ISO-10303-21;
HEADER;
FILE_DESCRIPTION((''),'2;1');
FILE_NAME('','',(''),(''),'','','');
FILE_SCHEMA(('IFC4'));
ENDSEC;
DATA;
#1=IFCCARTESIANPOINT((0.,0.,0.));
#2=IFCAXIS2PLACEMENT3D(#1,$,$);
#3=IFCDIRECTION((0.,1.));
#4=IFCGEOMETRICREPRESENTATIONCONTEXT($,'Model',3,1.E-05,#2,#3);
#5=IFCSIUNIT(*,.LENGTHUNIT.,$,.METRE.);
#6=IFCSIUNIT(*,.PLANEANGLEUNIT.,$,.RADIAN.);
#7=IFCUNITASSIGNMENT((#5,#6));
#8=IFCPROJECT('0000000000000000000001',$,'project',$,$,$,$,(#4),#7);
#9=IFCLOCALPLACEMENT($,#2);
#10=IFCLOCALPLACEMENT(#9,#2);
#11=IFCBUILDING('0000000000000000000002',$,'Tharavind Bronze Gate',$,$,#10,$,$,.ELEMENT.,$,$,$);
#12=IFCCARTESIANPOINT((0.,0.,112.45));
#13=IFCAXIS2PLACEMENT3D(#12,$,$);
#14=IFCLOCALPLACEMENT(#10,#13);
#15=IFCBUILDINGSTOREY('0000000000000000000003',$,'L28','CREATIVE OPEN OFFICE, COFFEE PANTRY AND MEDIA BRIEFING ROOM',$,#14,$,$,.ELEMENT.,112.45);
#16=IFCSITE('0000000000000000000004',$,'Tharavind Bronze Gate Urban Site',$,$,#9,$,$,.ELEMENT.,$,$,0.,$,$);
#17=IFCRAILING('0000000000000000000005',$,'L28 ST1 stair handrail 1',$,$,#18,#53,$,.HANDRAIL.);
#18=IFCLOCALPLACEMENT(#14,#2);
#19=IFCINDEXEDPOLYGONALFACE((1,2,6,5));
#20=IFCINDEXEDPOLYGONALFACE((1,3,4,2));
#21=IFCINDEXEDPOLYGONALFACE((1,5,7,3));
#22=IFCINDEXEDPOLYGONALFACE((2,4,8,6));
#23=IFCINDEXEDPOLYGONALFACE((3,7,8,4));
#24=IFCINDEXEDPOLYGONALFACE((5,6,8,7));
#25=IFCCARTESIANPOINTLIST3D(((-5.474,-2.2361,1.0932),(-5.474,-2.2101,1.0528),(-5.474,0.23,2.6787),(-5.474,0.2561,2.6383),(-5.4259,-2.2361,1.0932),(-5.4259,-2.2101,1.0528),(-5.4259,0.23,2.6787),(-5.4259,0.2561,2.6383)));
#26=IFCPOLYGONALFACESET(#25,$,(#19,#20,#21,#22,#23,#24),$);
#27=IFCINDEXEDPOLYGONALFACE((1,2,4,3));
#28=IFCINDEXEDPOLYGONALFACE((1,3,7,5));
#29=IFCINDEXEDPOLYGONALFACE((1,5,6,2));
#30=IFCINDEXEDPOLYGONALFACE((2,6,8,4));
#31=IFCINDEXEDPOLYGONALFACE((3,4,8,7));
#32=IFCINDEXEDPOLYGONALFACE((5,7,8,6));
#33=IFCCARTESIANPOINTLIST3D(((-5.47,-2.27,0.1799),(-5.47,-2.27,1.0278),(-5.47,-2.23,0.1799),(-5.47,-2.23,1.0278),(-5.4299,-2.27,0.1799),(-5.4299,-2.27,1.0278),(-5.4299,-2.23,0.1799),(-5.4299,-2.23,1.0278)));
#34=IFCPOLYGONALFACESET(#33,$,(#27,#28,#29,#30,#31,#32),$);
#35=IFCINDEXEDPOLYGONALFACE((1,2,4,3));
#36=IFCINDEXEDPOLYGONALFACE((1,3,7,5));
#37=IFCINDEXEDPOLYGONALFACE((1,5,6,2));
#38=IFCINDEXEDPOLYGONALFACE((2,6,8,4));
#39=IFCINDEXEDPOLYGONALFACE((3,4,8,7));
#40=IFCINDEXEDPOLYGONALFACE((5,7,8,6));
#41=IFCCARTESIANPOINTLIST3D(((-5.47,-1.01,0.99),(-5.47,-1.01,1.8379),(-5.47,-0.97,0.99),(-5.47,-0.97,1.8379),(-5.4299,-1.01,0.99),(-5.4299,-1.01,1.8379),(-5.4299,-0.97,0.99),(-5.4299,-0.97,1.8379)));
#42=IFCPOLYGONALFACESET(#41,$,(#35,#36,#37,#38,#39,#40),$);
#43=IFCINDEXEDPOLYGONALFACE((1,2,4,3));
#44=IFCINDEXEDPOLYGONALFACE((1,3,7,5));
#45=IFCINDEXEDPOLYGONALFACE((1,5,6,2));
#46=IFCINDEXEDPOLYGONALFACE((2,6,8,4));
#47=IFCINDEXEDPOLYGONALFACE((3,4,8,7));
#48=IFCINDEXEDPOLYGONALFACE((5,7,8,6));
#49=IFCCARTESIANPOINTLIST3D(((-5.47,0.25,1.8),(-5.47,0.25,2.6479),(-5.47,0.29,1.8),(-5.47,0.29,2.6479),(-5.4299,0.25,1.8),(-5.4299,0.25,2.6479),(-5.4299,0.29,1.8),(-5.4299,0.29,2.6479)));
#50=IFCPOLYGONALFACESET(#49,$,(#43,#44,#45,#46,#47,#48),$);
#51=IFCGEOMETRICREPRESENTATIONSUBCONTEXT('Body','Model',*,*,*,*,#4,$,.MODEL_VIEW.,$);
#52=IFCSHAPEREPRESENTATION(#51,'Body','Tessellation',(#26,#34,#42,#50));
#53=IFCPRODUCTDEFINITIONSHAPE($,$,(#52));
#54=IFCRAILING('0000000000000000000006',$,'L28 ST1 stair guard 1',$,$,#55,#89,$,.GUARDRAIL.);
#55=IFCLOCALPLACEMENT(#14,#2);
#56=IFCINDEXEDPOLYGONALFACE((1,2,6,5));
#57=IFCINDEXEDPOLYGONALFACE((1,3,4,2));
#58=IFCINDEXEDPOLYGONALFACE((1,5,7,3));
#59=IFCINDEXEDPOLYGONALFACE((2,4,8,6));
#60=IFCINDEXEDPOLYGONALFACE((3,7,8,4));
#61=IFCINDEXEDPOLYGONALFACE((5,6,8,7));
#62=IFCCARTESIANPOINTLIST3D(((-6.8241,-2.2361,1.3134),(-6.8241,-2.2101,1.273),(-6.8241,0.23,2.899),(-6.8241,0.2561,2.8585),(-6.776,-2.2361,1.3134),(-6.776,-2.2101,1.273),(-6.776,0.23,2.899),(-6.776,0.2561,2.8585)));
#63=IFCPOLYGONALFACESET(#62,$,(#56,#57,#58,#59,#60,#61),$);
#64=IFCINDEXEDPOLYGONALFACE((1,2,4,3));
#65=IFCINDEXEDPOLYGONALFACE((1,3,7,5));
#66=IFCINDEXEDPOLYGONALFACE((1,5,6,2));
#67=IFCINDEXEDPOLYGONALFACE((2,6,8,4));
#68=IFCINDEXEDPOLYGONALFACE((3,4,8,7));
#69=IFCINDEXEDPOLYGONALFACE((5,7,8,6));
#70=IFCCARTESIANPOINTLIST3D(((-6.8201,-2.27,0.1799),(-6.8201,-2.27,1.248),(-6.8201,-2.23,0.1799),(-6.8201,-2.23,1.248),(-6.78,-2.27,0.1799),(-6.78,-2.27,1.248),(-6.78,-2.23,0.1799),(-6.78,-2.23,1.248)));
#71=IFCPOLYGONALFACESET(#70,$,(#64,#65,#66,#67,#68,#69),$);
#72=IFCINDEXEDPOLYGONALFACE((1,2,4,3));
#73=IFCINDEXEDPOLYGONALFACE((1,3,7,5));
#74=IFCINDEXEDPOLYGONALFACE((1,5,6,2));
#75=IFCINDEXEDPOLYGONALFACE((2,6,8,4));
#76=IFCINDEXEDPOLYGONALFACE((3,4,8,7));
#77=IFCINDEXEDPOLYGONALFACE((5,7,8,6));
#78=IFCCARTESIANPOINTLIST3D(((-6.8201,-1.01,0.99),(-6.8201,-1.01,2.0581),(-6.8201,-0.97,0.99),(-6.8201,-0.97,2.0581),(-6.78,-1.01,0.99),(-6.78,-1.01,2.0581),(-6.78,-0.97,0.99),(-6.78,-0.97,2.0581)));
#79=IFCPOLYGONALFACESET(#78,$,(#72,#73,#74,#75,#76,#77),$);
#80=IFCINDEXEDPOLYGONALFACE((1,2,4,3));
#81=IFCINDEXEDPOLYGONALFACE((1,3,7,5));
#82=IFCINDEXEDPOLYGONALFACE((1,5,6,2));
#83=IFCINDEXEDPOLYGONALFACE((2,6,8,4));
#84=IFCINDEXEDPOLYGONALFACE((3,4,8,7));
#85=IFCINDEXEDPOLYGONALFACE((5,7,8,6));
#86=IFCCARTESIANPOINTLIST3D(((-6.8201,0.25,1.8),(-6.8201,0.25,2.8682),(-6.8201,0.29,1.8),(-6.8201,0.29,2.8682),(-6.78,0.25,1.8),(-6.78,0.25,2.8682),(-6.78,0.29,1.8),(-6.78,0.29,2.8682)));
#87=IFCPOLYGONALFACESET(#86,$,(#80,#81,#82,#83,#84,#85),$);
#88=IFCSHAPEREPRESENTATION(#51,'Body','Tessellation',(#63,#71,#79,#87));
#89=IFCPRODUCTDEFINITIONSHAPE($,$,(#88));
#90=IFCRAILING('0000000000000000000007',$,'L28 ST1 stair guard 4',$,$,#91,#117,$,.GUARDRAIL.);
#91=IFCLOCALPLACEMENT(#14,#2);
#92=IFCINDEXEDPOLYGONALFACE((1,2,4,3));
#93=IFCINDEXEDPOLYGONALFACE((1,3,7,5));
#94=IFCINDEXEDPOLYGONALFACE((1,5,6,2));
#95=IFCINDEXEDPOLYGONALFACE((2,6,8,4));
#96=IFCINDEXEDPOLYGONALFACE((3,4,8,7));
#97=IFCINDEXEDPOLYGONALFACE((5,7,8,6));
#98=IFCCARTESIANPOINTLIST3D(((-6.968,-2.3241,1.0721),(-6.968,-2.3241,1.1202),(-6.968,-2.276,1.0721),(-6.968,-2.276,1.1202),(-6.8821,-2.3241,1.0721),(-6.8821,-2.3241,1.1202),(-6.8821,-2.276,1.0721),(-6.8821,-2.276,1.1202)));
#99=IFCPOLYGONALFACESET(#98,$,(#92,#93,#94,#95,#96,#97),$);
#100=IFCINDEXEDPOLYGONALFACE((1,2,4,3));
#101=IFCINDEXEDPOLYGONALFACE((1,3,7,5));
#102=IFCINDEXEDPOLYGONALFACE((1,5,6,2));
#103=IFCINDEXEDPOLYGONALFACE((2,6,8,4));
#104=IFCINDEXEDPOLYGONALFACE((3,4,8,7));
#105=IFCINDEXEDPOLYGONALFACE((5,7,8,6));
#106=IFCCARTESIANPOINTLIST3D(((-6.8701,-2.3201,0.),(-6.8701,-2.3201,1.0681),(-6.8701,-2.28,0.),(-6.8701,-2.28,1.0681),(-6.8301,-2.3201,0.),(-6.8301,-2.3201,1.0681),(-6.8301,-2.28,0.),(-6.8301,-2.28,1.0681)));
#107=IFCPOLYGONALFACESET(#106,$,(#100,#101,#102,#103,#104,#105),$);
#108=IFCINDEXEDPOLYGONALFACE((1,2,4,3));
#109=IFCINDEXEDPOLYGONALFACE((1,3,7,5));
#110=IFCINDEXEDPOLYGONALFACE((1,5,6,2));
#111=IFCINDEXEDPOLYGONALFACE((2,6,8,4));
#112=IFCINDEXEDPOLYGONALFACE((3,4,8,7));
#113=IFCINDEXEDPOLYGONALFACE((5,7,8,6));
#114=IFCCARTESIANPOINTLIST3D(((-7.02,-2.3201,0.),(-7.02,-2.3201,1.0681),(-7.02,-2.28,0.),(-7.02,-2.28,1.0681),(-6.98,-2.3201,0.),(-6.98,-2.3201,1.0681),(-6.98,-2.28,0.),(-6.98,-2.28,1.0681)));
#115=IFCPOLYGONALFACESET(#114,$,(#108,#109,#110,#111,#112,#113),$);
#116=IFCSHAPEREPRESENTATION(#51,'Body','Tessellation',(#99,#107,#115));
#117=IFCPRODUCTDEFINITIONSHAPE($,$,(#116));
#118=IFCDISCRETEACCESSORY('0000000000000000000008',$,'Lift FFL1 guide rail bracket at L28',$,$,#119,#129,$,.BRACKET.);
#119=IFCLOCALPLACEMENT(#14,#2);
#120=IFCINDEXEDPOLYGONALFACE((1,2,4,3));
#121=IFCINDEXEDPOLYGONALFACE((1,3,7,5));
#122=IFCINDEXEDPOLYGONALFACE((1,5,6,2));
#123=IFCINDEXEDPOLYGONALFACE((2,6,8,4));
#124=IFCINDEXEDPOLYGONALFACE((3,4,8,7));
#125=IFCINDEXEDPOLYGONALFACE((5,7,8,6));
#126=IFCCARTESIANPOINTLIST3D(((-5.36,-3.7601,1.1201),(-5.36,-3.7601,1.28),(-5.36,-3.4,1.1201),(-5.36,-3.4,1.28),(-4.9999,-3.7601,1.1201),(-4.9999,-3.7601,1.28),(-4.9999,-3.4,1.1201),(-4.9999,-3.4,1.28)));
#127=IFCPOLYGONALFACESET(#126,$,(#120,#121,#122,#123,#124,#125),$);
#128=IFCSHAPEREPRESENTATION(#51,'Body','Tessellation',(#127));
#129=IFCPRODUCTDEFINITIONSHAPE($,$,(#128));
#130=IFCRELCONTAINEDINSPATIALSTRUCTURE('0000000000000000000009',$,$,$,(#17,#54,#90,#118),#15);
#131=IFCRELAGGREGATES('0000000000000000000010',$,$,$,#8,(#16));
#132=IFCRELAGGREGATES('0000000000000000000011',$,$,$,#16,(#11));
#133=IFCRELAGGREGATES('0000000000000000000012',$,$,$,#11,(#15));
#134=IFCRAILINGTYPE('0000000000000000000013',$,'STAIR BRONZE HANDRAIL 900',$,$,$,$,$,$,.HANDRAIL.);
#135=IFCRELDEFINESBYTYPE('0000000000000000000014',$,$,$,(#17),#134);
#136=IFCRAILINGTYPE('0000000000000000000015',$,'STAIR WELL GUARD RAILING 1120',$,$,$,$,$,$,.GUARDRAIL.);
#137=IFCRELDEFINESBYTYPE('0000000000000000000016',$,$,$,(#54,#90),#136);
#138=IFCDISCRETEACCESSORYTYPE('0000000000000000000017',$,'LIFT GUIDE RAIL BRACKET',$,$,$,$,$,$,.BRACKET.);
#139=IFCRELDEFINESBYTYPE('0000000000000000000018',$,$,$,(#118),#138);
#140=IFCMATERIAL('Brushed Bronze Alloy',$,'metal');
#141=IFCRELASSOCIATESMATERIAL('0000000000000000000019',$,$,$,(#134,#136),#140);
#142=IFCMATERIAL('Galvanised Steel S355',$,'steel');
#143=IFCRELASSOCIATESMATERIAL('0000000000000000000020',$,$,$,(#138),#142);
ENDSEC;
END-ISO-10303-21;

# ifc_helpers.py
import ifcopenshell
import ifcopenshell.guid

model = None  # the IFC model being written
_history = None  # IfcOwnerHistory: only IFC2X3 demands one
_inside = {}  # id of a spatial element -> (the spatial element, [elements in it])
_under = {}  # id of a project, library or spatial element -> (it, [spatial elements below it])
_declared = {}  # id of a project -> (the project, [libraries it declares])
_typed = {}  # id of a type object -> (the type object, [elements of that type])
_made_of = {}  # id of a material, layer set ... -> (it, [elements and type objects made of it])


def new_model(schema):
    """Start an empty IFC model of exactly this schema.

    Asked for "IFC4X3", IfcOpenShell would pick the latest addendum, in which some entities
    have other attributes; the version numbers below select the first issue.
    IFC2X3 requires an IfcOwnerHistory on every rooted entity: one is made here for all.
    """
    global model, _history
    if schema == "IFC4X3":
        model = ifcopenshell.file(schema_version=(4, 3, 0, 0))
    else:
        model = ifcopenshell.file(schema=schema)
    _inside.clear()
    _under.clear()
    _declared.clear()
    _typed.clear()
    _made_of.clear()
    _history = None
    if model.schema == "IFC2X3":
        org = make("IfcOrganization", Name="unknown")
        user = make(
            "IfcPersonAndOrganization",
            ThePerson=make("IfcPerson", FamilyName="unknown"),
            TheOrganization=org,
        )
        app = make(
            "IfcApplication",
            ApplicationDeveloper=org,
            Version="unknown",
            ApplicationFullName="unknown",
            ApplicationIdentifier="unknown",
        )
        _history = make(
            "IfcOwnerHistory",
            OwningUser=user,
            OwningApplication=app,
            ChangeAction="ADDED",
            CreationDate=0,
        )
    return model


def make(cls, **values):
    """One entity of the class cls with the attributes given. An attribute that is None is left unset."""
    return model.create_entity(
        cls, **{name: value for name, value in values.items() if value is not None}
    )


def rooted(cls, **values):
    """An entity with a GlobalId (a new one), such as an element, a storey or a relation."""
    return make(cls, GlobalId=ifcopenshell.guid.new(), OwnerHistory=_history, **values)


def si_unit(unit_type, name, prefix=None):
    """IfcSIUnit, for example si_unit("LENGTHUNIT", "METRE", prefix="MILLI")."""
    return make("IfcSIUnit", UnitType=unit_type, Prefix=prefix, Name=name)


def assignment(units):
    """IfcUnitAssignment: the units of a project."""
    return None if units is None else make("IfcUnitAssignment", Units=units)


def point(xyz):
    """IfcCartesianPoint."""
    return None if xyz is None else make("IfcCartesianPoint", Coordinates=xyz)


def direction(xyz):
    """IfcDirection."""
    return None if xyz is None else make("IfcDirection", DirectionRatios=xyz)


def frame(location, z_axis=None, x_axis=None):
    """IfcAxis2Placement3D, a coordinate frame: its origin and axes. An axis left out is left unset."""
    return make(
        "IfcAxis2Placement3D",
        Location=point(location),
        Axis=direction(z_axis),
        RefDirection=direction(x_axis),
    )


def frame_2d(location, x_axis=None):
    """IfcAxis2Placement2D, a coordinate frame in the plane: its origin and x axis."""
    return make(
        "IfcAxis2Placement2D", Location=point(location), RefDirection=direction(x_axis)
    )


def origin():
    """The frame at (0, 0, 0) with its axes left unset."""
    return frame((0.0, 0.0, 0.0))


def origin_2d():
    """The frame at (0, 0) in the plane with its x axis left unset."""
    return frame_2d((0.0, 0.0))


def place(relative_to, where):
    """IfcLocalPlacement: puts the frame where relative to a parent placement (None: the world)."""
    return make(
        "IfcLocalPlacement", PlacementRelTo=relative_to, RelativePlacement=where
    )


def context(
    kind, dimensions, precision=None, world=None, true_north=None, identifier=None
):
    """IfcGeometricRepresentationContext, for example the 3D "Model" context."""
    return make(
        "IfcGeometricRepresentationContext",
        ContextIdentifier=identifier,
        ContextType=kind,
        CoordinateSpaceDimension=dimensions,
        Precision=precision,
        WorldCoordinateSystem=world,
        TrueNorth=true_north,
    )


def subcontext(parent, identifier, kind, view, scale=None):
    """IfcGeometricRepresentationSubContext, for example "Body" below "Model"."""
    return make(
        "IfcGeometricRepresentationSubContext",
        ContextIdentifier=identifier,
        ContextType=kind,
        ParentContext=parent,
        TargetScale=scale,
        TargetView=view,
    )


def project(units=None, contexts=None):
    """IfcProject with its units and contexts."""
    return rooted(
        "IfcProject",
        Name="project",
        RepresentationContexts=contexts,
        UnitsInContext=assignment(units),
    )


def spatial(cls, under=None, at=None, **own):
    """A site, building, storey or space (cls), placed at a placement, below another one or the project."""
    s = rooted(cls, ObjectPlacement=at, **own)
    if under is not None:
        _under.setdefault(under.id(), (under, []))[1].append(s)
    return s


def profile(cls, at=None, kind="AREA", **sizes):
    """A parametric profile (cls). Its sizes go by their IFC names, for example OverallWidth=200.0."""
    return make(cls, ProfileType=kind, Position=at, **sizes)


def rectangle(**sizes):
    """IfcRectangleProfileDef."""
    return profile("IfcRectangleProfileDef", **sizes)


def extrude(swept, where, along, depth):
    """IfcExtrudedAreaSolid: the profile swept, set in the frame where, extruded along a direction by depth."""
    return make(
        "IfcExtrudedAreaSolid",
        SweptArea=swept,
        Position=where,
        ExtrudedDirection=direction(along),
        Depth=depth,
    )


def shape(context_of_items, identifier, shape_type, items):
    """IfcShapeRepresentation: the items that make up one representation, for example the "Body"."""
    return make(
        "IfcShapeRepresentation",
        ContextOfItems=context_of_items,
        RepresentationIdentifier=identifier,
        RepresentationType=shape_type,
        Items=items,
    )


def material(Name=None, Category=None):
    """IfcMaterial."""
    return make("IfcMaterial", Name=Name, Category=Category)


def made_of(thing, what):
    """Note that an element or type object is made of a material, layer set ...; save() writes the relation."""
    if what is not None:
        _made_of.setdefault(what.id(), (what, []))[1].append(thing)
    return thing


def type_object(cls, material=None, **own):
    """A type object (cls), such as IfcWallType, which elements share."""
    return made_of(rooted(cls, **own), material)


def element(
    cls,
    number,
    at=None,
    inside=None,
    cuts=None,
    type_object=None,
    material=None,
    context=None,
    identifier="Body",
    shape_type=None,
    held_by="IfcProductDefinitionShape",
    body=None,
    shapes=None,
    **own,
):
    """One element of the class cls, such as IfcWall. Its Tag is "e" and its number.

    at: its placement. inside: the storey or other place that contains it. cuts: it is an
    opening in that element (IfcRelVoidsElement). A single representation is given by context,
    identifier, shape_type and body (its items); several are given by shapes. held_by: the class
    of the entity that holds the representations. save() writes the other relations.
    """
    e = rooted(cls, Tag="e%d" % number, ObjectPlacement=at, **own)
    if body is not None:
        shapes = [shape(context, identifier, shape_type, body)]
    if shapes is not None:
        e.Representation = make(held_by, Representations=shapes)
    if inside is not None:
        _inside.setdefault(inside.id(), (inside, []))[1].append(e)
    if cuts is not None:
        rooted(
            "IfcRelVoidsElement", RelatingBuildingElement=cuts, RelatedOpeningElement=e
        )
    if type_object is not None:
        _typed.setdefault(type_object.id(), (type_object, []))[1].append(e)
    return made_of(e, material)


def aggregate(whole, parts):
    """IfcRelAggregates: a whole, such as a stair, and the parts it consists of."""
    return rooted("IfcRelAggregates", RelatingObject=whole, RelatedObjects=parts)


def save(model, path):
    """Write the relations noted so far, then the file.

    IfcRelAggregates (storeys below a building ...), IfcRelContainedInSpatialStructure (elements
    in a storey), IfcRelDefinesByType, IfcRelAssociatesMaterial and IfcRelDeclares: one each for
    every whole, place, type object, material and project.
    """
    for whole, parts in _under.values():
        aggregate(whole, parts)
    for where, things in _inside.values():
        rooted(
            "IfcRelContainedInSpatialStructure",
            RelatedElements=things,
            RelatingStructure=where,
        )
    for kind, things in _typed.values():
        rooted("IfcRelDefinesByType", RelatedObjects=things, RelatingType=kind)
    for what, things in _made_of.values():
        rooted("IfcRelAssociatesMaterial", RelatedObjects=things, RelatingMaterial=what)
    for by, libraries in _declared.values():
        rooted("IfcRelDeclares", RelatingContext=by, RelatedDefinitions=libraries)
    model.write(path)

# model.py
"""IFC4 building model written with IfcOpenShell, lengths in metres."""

from ifc_helpers import new_model, si_unit, direction, frame, origin, origin_2d, place, context, subcontext, project, spatial, rectangle, extrude, material, type_object, element, save


model = new_model("IFC4")

# Units and contexts
model_context = context("Model", 3, precision=1e-05, world=origin(), true_north=direction((0.0, 1.0)))
body_context = subcontext(model_context, "Body", "Model", "MODEL_VIEW")
ifc_project = project(units=[si_unit("LENGTHUNIT", "METRE"), si_unit("PLANEANGLEUNIT", "RADIAN")], contexts=[model_context])

# Site, building, storey
site_placement = place(None, origin())
site = spatial("IfcSite", under=ifc_project, at=site_placement, Name="Tharavind Bronze Gate Urban Site", CompositionType="ELEMENT", RefElevation=0.0)
building_placement = place(site_placement, origin())
building = spatial("IfcBuilding", under=site, at=building_placement, Name="Tharavind Bronze Gate", CompositionType="ELEMENT")
storey_placement = place(building_placement, frame((0.0, 0.0, 112.45)))
storey = spatial("IfcBuildingStorey", under=building, at=storey_placement, Name="L28", Description="CREATIVE OPEN OFFICE, COFFEE PANTRY AND MEDIA BRIEFING ROOM", CompositionType="ELEMENT", Elevation=112.45)

# Railings
ifc_material_1 = material(Name="Brushed Bronze Alloy", Category="metal")
railing_type_1 = type_object("IfcRailingType", Name="STAIR BRONZE HANDRAIL 900", PredefinedType="HANDRAIL", material=ifc_material_1)
railing_1_placement = place(storey_placement, frame((-5.45, -2.25, 0.1799)))
element("IfcRailing", 1, at=railing_1_placement, inside=storey, type_object=railing_type_1, Name="L28 ST1 stair handrail 1", PredefinedType="HANDRAIL", context=body_context, shape_type="SweptSolid", body=[
    extrude(rectangle(XDim=0.0481, YDim=0.0481, at=origin_2d()), frame((0.0, 0.0269, 0.8931), z_axis=(0.0, 0.841163, 0.540782), x_axis=(-1.0, 0.0, 0.0)), (0.0, 0.0, 1.0), 2.9319),
    extrude(rectangle(XDim=0.04, YDim=0.04, at=origin_2d()), origin(), (0.0, 0.0, 1.0), 0.8479),
    extrude(rectangle(XDim=0.04, YDim=0.04, at=origin_2d()), frame((0.0, 1.26, 0.8101)), (0.0, 0.0, 1.0), 0.8479),
    extrude(rectangle(XDim=0.04, YDim=0.04, at=origin_2d()), frame((0.0, 2.52, 1.6201)), (0.0, 0.0, 1.0), 0.8479),
])
railing_type_2 = type_object("IfcRailingType", Name="STAIR WELL GUARD RAILING 1120", PredefinedType="GUARDRAIL", material=ifc_material_1)
railing_2_placement = place(storey_placement, frame((-6.8, -2.25, 0.1799)))
element("IfcRailing", 2, at=railing_2_placement, inside=storey, type_object=railing_type_2, Name="L28 ST1 stair guard 1", PredefinedType="GUARDRAIL", context=body_context, shape_type="SweptSolid", body=[
    extrude(rectangle(XDim=0.0481, YDim=0.0481, at=origin_2d()), frame((0.0, 0.0269, 1.1133), z_axis=(0.0, 0.841163, 0.540782), x_axis=(-1.0, 0.0, 0.0)), (0.0, 0.0, 1.0), 2.9319),
    extrude(rectangle(XDim=0.04, YDim=0.04, at=origin_2d()), origin(), (0.0, 0.0, 1.0), 1.0681),
    extrude(rectangle(XDim=0.04, YDim=0.04, at=origin_2d()), frame((0.0, 1.26, 0.8101)), (0.0, 0.0, 1.0), 1.0681),
    extrude(rectangle(XDim=0.04, YDim=0.04, at=origin_2d()), frame((0.0, 2.52, 1.6201)), (0.0, 0.0, 1.0), 1.0681),
])
railing_3_placement = place(storey_placement, frame((-6.8501, -2.3, 0.0)))
element("IfcRailing", 3, at=railing_3_placement, inside=storey, type_object=railing_type_2, Name="L28 ST1 stair guard 4", PredefinedType="GUARDRAIL", context=body_context, shape_type="SweptSolid", body=[
    extrude(rectangle(XDim=0.0481, YDim=0.0481, at=origin_2d()), frame((-0.032, 0.0, 1.0962), z_axis=(-1.0, 0.0, 0.0), x_axis=(0.0, -1.0, 0.0)), (0.0, 0.0, 1.0), 0.0859),
    extrude(rectangle(XDim=0.04, YDim=0.04, at=origin_2d()), origin(), (0.0, 0.0, 1.0), 1.0681),
    extrude(rectangle(XDim=0.04, YDim=0.04, at=origin_2d()), frame((-0.1499, 0.0, 0.0)), (0.0, 0.0, 1.0), 1.0681),
])

# Discrete accessory
ifc_material_2 = material(Name="Galvanised Steel S355", Category="steel")
discrete_accessory_type = type_object("IfcDiscreteAccessoryType", Name="LIFT GUIDE RAIL BRACKET", PredefinedType="BRACKET", material=ifc_material_2)
discrete_accessory_placement = place(storey_placement, frame((-5.1799, -3.5801, 1.1201), z_axis=(0.0, 0.0, 1.0), x_axis=(1.0, 0.0, 0.0)))
element("IfcDiscreteAccessory", 4, at=discrete_accessory_placement, inside=storey, type_object=discrete_accessory_type, Name="Lift FFL1 guide rail bracket at L28", PredefinedType="BRACKET", context=body_context, shape_type="SweptSolid", body=[
    extrude(rectangle(XDim=0.3601, YDim=0.3601, at=origin_2d()), origin(), (0.0, 0.0, 1.0), 0.1599),
])

save(model, "model.ifc")
